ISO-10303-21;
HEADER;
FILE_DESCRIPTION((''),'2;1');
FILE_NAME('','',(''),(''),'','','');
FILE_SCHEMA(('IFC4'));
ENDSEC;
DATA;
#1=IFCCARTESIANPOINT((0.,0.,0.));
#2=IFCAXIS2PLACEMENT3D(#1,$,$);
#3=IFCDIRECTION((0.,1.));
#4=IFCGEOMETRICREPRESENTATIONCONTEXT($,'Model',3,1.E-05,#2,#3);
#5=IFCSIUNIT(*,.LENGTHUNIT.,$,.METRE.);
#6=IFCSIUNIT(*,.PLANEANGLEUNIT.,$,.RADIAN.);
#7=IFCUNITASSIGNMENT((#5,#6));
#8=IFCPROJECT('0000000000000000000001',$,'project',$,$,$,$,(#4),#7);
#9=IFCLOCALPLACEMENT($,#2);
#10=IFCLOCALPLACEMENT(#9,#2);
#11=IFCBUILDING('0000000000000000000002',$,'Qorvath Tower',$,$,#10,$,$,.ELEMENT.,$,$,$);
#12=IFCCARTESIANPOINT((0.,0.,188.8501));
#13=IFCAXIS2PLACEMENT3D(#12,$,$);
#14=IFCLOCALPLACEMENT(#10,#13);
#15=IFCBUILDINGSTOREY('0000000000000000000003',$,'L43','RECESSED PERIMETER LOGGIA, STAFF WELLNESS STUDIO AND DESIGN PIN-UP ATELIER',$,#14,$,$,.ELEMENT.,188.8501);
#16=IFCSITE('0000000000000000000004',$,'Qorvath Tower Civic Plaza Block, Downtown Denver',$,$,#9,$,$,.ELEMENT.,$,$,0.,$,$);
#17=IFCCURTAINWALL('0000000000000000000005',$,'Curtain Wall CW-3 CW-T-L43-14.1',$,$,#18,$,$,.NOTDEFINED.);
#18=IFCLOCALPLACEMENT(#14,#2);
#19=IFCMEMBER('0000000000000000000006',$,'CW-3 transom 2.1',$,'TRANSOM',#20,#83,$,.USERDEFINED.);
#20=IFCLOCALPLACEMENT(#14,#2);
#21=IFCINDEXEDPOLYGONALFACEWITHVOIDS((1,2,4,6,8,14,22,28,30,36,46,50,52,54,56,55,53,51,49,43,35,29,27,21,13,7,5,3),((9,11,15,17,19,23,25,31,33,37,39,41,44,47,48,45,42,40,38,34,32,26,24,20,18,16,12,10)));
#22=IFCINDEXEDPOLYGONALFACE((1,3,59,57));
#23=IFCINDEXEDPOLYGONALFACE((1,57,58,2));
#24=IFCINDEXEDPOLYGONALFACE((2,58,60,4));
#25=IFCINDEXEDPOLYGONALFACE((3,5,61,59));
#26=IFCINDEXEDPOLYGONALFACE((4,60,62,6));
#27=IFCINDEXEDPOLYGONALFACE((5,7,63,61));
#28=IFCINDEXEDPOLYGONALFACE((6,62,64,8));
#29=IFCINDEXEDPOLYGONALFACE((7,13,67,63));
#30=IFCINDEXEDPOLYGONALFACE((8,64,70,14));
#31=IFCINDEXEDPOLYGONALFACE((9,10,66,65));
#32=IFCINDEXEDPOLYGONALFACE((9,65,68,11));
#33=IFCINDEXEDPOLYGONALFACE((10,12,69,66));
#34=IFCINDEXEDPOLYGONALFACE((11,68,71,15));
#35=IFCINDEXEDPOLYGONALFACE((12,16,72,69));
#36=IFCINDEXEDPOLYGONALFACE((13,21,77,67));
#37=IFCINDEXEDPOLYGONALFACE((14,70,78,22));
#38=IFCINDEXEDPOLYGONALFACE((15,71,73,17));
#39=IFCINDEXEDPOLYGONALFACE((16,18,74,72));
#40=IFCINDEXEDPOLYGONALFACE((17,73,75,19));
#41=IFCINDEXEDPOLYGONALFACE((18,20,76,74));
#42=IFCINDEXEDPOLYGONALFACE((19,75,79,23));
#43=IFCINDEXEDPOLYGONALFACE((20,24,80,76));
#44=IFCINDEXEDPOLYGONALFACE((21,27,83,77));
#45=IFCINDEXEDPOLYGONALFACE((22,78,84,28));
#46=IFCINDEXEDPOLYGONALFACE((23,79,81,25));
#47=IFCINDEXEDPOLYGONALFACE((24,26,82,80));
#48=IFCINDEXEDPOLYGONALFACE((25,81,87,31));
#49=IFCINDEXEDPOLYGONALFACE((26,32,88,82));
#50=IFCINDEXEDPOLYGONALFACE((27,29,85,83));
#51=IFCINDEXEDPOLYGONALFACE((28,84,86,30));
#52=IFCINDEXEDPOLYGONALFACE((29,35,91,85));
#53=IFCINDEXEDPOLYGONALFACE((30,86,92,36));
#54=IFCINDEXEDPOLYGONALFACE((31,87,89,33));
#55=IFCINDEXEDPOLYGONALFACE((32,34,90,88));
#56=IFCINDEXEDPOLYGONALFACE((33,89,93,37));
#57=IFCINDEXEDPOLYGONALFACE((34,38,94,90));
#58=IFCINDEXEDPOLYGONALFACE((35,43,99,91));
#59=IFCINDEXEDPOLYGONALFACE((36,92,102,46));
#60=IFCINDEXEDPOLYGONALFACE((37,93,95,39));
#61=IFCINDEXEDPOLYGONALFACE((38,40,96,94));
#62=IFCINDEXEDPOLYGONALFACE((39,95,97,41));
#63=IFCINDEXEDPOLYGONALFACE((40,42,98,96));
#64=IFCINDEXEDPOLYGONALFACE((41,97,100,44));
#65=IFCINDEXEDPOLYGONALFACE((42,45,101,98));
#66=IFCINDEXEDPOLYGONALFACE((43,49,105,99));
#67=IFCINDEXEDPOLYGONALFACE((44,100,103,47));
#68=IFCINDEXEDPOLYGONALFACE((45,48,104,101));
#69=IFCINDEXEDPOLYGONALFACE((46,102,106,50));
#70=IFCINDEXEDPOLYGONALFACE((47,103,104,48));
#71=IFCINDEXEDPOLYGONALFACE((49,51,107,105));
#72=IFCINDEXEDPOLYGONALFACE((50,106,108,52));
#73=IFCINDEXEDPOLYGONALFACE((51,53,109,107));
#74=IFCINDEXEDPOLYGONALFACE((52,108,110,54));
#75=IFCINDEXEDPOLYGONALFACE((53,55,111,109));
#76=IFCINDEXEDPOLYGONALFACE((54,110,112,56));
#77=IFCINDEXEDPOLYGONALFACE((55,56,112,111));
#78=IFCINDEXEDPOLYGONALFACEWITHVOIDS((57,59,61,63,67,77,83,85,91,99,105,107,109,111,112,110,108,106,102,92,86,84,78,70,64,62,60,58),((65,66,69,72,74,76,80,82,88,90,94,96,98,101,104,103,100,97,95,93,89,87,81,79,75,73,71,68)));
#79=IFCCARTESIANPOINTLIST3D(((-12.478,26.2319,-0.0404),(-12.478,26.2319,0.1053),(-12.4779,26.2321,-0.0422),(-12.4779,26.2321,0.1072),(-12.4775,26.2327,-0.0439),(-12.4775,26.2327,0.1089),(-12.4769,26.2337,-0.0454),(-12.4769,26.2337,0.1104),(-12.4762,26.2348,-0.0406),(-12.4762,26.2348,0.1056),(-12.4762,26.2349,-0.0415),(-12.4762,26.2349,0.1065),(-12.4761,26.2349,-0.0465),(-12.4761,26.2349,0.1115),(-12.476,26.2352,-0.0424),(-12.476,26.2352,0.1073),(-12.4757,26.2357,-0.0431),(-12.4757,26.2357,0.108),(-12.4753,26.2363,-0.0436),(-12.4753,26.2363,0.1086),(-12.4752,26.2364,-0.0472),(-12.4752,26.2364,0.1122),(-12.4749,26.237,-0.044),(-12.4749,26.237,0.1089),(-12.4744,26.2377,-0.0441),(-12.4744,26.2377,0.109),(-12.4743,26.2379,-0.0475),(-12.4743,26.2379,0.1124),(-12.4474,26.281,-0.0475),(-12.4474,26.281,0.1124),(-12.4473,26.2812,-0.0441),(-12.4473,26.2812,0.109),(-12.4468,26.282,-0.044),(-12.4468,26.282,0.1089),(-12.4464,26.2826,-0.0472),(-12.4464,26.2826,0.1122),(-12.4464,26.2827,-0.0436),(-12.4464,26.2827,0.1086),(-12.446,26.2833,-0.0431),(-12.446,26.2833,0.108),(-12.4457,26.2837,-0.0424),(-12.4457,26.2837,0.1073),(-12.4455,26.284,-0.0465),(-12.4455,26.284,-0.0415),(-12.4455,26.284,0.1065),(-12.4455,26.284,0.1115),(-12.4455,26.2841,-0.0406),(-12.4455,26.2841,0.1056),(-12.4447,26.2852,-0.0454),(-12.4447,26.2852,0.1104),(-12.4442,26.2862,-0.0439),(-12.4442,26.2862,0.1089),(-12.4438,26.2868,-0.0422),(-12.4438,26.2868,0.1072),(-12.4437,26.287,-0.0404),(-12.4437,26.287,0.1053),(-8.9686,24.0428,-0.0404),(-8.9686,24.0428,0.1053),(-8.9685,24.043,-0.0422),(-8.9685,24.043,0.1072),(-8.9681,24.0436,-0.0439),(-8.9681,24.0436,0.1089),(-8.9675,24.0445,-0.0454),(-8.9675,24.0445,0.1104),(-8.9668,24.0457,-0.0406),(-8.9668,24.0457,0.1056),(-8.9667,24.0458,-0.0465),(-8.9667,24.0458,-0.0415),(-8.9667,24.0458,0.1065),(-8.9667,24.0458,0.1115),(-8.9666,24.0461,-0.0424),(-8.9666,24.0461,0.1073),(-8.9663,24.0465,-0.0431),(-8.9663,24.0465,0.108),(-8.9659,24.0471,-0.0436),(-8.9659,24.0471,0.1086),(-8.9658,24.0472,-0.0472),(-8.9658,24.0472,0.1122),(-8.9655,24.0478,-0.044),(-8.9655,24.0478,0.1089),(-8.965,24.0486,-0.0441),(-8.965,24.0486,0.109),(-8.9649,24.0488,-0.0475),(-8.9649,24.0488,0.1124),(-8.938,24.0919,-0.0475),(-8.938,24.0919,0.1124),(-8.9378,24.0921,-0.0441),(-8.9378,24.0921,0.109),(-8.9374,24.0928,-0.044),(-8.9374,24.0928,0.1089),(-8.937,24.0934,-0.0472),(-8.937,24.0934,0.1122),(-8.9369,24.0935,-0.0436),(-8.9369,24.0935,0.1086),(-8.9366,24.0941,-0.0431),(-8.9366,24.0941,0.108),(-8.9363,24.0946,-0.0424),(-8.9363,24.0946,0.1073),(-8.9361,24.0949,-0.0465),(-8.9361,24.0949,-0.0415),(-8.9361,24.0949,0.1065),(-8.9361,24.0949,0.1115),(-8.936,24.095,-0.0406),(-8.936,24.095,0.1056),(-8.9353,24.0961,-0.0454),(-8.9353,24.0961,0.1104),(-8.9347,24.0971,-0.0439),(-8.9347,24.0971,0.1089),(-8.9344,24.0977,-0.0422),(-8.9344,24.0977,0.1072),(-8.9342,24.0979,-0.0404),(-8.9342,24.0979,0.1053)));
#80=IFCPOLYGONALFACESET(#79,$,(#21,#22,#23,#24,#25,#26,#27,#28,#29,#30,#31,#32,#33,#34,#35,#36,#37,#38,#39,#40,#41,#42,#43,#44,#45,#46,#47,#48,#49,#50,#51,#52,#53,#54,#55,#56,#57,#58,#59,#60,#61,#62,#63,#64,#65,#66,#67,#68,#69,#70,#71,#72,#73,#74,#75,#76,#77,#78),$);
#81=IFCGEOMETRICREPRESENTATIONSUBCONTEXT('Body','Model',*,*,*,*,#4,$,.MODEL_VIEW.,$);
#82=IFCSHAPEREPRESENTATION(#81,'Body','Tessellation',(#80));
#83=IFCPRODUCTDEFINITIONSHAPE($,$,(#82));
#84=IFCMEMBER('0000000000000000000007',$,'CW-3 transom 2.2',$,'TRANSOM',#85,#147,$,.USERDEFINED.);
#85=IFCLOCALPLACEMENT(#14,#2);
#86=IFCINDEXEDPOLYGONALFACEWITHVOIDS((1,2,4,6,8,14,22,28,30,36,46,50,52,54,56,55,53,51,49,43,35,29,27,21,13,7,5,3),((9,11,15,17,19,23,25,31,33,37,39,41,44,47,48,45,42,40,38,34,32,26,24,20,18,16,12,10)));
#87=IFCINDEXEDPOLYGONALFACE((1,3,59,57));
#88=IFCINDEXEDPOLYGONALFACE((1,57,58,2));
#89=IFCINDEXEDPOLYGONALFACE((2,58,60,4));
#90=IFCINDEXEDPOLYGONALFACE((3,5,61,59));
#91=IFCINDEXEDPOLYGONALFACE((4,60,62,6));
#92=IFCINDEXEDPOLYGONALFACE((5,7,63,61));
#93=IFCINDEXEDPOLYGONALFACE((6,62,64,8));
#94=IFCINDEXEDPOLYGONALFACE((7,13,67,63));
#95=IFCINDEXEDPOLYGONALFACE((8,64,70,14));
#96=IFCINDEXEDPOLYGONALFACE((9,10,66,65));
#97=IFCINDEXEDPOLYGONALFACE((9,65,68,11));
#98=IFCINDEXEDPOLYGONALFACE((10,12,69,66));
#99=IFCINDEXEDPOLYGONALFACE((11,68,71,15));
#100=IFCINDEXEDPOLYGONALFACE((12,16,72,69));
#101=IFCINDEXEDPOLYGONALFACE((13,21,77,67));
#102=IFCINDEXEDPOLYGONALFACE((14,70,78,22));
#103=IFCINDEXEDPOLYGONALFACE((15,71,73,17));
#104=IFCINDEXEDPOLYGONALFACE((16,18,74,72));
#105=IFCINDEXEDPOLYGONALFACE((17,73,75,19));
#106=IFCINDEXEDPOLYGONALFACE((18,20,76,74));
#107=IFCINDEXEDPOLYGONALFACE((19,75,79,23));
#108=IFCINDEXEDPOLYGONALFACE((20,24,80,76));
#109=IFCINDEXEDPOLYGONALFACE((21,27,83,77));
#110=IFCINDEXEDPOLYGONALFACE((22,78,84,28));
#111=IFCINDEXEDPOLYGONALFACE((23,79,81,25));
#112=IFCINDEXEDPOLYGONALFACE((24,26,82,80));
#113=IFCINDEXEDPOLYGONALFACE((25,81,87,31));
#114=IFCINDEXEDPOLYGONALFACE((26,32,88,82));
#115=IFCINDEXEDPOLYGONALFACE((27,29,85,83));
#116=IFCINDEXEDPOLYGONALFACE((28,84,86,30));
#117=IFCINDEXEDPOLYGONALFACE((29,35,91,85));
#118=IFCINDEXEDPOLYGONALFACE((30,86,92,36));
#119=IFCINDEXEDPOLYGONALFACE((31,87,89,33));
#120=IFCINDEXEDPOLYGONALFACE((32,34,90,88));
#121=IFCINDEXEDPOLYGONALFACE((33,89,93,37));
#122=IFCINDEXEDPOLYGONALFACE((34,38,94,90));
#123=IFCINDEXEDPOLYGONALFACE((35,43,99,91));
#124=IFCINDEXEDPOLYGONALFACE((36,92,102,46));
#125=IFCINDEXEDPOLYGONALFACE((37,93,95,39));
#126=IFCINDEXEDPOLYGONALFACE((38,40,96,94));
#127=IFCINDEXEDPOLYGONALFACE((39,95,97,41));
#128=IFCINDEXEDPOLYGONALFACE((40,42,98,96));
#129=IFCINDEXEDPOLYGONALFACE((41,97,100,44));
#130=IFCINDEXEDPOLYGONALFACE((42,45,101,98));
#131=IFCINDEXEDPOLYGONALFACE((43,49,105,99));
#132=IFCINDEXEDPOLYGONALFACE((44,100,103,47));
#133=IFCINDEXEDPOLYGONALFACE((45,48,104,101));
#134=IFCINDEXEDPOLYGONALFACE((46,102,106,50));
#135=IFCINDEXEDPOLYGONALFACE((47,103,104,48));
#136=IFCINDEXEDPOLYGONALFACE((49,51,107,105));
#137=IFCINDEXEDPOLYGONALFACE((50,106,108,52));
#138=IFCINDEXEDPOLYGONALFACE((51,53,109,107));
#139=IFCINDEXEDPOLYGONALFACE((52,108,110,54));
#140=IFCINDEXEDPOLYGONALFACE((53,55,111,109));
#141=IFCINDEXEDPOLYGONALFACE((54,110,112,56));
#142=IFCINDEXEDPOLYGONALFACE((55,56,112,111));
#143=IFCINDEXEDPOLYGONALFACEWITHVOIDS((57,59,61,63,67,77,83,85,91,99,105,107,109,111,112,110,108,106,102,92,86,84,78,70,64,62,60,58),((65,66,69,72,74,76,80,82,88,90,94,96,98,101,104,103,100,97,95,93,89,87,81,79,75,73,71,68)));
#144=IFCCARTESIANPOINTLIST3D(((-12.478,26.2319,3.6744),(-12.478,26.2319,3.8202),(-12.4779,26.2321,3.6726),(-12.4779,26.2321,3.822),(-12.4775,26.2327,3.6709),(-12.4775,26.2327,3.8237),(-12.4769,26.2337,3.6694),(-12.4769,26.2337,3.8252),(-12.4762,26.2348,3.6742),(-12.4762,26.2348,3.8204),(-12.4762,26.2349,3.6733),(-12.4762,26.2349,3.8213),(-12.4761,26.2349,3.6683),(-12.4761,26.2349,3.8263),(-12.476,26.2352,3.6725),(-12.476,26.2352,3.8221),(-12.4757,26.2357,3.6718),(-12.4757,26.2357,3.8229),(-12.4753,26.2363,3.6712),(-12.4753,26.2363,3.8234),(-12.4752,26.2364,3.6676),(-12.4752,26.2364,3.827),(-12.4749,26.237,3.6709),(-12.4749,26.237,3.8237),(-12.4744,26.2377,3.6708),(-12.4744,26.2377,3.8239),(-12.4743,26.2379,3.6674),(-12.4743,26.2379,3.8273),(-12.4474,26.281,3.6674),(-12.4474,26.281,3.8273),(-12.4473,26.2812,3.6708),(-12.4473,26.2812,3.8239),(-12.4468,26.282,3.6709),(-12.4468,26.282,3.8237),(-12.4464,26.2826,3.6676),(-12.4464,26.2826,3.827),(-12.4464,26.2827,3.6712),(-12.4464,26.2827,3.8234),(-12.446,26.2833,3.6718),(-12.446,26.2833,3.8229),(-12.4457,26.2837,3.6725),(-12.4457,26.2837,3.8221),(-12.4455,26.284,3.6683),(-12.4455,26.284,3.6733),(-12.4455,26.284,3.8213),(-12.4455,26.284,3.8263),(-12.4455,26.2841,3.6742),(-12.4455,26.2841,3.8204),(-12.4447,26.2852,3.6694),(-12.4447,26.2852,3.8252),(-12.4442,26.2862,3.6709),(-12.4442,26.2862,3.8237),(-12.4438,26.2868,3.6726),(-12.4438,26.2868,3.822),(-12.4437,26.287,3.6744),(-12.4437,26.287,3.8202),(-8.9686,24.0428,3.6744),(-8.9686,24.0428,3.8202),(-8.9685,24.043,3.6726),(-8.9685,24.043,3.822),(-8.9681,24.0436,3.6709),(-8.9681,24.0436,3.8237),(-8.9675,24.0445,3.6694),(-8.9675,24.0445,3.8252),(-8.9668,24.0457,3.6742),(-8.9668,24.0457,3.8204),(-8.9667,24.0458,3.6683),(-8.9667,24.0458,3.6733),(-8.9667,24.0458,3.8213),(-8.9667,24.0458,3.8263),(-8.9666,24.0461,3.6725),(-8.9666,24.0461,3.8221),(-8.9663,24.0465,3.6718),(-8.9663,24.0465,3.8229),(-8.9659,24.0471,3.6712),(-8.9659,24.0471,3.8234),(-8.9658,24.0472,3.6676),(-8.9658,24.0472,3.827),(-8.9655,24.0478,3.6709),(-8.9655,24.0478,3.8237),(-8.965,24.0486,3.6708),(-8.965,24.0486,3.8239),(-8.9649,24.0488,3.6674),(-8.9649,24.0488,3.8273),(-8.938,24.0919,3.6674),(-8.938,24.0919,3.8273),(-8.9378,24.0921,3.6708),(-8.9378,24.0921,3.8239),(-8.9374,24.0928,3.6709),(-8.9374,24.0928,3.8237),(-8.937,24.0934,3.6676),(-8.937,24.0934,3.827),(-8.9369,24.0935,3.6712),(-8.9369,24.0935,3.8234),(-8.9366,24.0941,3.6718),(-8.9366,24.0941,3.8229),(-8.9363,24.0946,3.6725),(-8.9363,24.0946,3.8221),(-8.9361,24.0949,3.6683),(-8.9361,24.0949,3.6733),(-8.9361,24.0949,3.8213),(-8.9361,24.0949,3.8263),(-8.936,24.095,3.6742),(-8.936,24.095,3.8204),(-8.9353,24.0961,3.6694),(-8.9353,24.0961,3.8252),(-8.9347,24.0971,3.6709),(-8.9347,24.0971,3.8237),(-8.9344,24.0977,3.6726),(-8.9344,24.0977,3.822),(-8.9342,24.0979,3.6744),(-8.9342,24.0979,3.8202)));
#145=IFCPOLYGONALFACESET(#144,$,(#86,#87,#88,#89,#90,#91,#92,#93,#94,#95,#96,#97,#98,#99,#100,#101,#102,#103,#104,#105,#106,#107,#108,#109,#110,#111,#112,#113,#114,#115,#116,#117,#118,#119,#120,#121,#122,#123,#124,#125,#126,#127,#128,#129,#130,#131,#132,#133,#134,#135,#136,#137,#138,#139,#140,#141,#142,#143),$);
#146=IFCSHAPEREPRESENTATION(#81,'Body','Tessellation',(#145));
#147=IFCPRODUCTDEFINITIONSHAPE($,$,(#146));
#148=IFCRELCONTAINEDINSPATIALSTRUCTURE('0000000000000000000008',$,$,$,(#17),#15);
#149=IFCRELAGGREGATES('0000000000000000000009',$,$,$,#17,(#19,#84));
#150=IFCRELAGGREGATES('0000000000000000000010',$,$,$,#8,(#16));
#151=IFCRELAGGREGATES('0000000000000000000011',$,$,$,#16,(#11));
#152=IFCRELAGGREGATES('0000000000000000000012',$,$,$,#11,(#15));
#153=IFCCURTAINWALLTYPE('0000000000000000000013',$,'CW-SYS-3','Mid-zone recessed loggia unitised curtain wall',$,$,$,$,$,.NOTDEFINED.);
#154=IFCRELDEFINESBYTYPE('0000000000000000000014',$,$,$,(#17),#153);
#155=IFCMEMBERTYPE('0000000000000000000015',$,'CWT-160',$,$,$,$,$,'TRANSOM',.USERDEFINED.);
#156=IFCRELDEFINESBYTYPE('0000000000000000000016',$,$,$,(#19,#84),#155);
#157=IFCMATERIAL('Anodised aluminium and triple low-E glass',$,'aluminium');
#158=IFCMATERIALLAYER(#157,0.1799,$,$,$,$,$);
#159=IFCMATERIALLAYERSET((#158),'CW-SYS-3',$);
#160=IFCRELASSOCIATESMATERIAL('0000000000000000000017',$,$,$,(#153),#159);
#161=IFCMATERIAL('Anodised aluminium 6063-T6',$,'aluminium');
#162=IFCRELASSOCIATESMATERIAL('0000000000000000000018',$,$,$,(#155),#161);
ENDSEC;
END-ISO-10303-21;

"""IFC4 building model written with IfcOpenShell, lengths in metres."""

from ifc_helpers import new_model, si_unit, direction, frame, origin, origin_2d, place, context, subcontext, project, spatial, hollow_rectangle, extrude, material, layer, layer_set, material_profile, profile_set, type_object, element, aggregate, save


model = new_model("IFC4")

# Units and contexts
model_context = context("Model", 3, precision=1e-05, world=origin(), true_north=direction((0.0, 1.0)))
body_context = subcontext(model_context, "Body", "Model", "MODEL_VIEW")
ifc_project = project(units=[si_unit("LENGTHUNIT", "METRE"), si_unit("PLANEANGLEUNIT", "RADIAN")], contexts=[model_context])

# Site, building, storey
site_placement = place(None, origin())
site = spatial("IfcSite", under=ifc_project, at=site_placement, Name="Qorvath Tower Civic Plaza Block, Downtown Denver", CompositionType="ELEMENT", RefElevation=0.0)
building_placement = place(site_placement, origin())
building = spatial("IfcBuilding", under=site, at=building_placement, Name="Qorvath Tower", CompositionType="ELEMENT")
storey_placement = place(building_placement, frame((0.0, 0.0, 188.8501)))
storey = spatial("IfcBuildingStorey", under=building, at=storey_placement, Name="L43", Description="RECESSED PERIMETER LOGGIA, STAFF WELLNESS STUDIO AND DESIGN PIN-UP ATELIER", CompositionType="ELEMENT", Elevation=188.8501)

# Shared definitions
ifc_material_1 = material(Name="Anodised aluminium and triple low-E glass", Category="aluminium")
ifc_layer_1 = layer(ifc_material_1, 0.1799)
ifc_layer_set_1 = layer_set([ifc_layer_1], Name="CW-SYS-3")
curtain_wall_type = type_object("IfcCurtainWallType", Name="CW-SYS-3", Description="Mid-zone recessed loggia unitised curtain wall", PredefinedType="NOTDEFINED", material=ifc_layer_set_1)

# Curtain wall
curtain_wall_1_placement = place(storey_placement, origin())
curtain_wall_1 = element("IfcCurtainWall", 1, at=curtain_wall_1_placement, inside=storey, type_object=curtain_wall_type, Name="Curtain Wall CW-3 CW-T-L43-14.1", PredefinedType="NOTDEFINED")

# Members
ifc_material_2 = material(Name="Anodised aluminium 6063-T6", Category="aluminium")
ifc_material_profile_1 = material_profile(ifc_material_2, hollow_rectangle(XDim=0.0649, YDim=0.1599, WallThickness=0.0034, InnerFilletRadius=0.0034, OuterFilletRadius=0.0071, at=origin_2d()), Name="CWT 160x65")
ifc_profile_set_1 = profile_set([ifc_material_profile_1], Name="Anodised aluminium 6063-T6")
member_type_1 = type_object("IfcMemberType", Name="CWT-160", ElementType="TRANSOM", PredefinedType="USERDEFINED", material=ifc_profile_set_1)
member_1_placement = place(storey_placement, frame((-8.9514, 24.0703, 0.0325), z_axis=(-0.848459, 0.529261, 0.0), x_axis=(-0.529261, -0.848459, 0.0)))
member_1 = element("IfcMember", 2, at=member_1_placement, type_object=member_type_1, Name="CW-3 transom 2.1", ObjectType="TRANSOM", PredefinedType="USERDEFINED", context=body_context, shape_type="SweptSolid", body=[
    extrude(hollow_rectangle(XDim=0.0649, YDim=0.1599, WallThickness=0.0034, InnerFilletRadius=0.0034, OuterFilletRadius=0.0071, at=origin_2d()), origin(), (0.0, 0.0, 1.0), 4.1362),
])
member_2_placement = place(storey_placement, frame((-8.9514, 24.0703, 3.7473), z_axis=(-0.848459, 0.529261, 0.0), x_axis=(-0.529261, -0.848459, 0.0)))
member_2 = element("IfcMember", 3, at=member_2_placement, type_object=member_type_1, Name="CW-3 transom 2.2", ObjectType="TRANSOM", PredefinedType="USERDEFINED", context=body_context, shape_type="SweptSolid", body=[
    extrude(hollow_rectangle(XDim=0.0649, YDim=0.1599, WallThickness=0.0034, InnerFilletRadius=0.0034, OuterFilletRadius=0.0071, at=origin_2d()), origin(), (0.0, 0.0, 1.0), 4.1362),
])

aggregate(curtain_wall_1, [member_1, member_2])

save(model, "model.ifc")
